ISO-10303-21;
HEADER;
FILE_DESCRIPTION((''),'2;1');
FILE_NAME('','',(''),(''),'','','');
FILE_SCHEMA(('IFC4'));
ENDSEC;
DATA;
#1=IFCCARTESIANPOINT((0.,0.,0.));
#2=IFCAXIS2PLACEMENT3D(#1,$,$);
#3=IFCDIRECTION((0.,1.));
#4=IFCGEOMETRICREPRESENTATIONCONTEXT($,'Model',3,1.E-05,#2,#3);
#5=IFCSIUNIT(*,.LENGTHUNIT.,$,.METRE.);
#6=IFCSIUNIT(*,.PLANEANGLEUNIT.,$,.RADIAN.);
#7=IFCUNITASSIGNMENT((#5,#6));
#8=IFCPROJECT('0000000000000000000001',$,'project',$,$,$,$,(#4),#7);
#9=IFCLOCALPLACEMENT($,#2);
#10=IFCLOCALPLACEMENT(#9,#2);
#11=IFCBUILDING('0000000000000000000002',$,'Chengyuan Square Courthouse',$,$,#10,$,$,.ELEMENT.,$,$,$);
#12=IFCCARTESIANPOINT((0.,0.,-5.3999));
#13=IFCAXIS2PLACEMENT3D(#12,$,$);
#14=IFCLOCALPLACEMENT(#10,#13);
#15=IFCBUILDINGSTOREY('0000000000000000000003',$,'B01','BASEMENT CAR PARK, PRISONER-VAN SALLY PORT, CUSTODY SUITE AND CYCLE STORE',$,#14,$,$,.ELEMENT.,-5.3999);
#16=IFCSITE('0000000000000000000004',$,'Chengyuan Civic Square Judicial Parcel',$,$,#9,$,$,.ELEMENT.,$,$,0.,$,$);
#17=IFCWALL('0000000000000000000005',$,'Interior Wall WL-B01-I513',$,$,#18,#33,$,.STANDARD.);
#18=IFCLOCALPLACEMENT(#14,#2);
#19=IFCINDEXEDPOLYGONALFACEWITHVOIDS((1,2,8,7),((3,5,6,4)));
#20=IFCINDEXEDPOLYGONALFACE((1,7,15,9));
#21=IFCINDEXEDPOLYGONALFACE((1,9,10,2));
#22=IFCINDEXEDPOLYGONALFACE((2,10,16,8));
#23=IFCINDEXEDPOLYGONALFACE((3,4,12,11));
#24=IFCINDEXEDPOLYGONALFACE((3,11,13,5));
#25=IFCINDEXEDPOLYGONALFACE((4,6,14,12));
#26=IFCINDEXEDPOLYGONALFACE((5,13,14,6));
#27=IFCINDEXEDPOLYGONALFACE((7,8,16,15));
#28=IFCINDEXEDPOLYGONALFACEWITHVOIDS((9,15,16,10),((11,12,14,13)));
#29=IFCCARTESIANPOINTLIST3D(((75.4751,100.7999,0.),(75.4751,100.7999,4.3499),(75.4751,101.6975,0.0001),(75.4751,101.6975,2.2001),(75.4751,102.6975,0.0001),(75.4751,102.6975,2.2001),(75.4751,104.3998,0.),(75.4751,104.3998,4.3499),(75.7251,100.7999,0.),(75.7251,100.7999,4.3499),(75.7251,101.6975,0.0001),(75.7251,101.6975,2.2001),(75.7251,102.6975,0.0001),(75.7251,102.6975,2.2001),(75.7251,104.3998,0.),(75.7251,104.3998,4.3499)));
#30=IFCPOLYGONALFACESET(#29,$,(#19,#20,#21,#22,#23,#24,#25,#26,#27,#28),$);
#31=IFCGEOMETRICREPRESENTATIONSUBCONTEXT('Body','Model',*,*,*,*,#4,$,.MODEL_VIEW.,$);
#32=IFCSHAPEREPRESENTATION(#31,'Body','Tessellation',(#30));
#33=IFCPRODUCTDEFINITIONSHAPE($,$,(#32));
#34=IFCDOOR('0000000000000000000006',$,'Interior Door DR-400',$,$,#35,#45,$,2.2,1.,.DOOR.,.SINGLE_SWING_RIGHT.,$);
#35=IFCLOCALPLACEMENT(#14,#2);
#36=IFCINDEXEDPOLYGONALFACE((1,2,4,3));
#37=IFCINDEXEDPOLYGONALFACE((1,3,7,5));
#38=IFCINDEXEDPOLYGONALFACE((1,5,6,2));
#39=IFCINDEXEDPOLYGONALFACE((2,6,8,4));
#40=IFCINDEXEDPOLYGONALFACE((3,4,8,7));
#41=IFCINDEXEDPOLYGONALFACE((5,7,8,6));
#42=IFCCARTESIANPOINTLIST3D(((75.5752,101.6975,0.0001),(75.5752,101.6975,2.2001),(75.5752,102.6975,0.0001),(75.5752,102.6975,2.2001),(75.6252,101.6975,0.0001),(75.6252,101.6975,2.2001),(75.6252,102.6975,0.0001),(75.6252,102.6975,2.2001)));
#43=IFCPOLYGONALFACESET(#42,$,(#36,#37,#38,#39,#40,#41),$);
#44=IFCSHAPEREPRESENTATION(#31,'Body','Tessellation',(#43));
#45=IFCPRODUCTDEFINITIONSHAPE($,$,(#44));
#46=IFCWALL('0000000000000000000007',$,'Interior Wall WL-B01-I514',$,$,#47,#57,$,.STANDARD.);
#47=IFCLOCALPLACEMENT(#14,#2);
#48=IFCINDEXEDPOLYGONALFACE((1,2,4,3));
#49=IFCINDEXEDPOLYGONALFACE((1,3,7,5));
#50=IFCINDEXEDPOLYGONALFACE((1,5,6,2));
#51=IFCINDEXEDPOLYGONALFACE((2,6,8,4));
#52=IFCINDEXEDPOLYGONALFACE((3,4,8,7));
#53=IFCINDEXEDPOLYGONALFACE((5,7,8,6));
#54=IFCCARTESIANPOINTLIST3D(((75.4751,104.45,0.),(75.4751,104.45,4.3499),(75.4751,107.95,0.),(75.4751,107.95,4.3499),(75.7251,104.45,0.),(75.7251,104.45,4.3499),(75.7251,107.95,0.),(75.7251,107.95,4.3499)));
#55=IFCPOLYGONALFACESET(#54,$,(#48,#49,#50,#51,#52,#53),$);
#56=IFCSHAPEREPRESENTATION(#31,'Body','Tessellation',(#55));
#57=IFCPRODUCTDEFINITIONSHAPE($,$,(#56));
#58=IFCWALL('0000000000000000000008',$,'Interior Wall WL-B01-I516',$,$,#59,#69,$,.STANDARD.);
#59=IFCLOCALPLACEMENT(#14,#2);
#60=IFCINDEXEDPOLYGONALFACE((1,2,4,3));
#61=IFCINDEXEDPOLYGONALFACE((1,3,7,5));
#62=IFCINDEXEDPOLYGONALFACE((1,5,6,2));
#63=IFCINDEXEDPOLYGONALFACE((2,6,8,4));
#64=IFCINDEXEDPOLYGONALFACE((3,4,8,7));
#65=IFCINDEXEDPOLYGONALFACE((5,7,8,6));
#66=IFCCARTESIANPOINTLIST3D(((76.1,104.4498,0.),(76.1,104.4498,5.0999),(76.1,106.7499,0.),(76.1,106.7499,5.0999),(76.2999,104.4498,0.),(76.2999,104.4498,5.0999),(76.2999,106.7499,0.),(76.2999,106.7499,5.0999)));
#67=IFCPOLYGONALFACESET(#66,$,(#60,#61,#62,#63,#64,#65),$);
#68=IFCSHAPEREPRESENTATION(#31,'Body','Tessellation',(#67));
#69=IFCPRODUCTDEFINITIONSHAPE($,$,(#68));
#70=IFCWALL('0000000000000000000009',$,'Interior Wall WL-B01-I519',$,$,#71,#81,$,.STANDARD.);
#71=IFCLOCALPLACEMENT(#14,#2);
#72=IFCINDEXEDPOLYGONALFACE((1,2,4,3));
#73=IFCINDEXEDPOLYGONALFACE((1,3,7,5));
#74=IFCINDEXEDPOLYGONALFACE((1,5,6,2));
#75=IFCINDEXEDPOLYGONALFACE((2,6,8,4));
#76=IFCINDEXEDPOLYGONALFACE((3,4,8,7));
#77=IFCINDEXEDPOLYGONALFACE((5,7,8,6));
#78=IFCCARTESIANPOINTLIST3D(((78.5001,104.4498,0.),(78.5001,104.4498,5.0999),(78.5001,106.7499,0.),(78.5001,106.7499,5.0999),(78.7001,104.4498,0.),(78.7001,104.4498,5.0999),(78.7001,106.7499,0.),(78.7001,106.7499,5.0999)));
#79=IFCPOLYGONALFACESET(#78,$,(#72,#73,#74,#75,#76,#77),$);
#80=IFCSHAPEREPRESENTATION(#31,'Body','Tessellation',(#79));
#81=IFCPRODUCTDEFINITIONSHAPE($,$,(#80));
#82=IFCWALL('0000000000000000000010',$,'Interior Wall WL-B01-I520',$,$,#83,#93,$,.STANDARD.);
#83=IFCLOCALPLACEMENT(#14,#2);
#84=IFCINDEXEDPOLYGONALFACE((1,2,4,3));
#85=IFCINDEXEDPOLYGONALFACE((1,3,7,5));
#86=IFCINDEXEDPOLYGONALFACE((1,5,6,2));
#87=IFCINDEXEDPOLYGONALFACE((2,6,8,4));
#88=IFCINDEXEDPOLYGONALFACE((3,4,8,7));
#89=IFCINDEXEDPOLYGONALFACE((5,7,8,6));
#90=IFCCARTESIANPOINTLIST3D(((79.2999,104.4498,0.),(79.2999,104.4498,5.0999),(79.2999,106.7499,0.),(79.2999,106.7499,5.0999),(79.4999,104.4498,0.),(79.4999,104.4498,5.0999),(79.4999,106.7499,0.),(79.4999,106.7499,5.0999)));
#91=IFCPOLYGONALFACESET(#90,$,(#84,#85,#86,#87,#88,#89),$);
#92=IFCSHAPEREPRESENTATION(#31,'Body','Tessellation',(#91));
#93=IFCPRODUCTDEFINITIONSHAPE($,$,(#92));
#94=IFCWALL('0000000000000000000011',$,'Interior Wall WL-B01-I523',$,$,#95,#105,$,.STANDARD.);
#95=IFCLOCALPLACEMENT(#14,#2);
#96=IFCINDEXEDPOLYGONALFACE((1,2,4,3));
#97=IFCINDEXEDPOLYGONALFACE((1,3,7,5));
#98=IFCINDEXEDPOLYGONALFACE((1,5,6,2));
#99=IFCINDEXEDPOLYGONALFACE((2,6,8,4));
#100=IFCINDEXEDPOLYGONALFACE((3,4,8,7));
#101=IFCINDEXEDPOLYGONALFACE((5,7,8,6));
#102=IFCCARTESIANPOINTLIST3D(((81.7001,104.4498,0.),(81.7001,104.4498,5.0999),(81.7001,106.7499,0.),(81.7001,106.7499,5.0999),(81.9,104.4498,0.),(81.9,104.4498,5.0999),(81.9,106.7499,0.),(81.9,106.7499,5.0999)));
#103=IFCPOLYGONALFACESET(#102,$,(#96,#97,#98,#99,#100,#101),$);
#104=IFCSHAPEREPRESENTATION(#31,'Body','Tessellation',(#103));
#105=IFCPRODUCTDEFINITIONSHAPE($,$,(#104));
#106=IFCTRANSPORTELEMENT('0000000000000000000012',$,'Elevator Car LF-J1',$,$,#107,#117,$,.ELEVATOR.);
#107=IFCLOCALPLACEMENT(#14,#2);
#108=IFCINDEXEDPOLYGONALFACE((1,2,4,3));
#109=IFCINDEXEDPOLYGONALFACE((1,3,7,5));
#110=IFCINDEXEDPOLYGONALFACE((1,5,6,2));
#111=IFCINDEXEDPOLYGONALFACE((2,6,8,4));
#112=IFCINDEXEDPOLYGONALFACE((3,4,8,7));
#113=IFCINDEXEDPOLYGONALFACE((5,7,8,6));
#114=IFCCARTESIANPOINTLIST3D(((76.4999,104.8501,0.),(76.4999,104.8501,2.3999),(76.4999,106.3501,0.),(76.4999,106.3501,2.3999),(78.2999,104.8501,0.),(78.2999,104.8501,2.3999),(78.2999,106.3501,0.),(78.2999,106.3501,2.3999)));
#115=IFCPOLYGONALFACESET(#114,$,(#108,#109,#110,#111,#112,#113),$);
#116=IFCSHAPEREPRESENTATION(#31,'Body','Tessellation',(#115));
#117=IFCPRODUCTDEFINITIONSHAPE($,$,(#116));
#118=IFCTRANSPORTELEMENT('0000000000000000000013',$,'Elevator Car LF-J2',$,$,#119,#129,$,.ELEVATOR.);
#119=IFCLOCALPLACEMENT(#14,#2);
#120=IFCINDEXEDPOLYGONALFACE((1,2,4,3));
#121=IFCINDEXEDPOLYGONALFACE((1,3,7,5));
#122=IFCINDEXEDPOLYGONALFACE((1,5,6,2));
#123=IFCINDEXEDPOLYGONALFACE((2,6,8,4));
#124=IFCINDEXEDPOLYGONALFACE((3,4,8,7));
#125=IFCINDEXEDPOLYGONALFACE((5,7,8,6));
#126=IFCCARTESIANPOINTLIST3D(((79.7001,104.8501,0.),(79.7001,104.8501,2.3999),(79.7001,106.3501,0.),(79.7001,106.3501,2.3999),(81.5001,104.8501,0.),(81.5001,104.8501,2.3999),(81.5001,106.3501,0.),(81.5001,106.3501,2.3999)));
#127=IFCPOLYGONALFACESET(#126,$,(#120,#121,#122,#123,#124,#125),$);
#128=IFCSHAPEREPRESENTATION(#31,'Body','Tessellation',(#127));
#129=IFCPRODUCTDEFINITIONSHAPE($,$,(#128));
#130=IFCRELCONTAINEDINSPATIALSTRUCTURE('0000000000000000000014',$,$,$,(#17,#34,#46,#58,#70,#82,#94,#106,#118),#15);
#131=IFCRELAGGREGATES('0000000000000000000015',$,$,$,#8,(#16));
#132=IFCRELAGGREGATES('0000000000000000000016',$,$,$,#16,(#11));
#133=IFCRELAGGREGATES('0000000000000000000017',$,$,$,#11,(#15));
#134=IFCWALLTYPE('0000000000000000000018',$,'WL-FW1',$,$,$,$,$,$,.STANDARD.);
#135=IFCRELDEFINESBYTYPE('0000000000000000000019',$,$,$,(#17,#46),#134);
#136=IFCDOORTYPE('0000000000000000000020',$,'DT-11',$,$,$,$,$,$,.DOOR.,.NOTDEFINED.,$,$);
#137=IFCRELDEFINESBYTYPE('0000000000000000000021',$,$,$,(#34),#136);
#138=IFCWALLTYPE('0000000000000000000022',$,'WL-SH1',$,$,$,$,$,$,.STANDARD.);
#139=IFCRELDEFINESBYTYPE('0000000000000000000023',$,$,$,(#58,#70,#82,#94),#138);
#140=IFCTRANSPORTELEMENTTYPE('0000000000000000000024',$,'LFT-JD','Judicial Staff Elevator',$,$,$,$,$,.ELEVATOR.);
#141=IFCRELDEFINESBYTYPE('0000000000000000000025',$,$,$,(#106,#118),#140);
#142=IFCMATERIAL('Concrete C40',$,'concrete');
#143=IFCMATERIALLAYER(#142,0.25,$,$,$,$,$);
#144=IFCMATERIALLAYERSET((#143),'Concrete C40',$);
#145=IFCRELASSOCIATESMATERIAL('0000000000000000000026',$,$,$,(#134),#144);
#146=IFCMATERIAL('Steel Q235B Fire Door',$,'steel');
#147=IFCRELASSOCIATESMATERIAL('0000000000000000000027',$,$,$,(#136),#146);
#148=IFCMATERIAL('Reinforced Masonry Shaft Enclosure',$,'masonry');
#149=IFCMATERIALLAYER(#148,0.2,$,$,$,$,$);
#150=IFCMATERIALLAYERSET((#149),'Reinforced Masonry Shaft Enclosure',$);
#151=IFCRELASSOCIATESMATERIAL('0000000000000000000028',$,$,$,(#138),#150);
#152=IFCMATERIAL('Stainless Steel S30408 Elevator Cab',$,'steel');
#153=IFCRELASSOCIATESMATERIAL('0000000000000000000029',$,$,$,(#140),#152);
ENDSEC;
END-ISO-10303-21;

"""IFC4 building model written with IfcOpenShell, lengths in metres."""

from ifc_helpers import new_model, si_unit, direction, frame, frame_2d, origin, origin_2d, place, context, subcontext, project, spatial, rectangle, extrude, material, layer, layer_set, type_object, element, fill, save


model = new_model("IFC4")

# Units and contexts
model_context = context("Model", 3, precision=1e-05, world=origin(), true_north=direction((0.0, 1.0)))
body_context = subcontext(model_context, "Body", "Model", "MODEL_VIEW")
ifc_project = project(units=[si_unit("LENGTHUNIT", "METRE"), si_unit("PLANEANGLEUNIT", "RADIAN")], contexts=[model_context])

# Site, building, storey
site_placement = place(None, origin())
site = spatial("IfcSite", under=ifc_project, at=site_placement, Name="Chengyuan Civic Square Judicial Parcel", CompositionType="ELEMENT", RefElevation=0.0)
building_placement = place(site_placement, origin())
building = spatial("IfcBuilding", under=site, at=building_placement, Name="Chengyuan Square Courthouse", CompositionType="ELEMENT")
storey_placement = place(building_placement, frame((0.0, 0.0, -5.3999)))
storey = spatial("IfcBuildingStorey", under=building, at=storey_placement, Name="B01", Description="BASEMENT CAR PARK, PRISONER-VAN SALLY PORT, CUSTODY SUITE AND CYCLE STORE", CompositionType="ELEMENT", Elevation=-5.3999)

# Shared definitions
ifc_material_1 = material(Name="Concrete C40", Category="concrete")

# Shared definitions
ifc_layer_1 = layer(ifc_material_1, 0.25)
ifc_layer_set_1 = layer_set([ifc_layer_1], Name="Concrete C40")
wall_type_1 = type_object("IfcWallType", Name="WL-FW1", PredefinedType="STANDARD", material=ifc_layer_set_1)
ifc_material_2 = material(Name="Steel Q235B Fire Door", Category="steel")
door_type_1 = type_object("IfcDoorType", Name="DT-11", OperationType="NOTDEFINED", PredefinedType="DOOR", material=ifc_material_2)

# Wall, opening, door
wall_1_placement = place(storey_placement, frame((75.6001, 100.8, 0.0), z_axis=(0.0, 0.0, 1.0), x_axis=(0.0, 1.0, 0.0)))
wall_1 = element("IfcWall", 1, at=wall_1_placement, inside=storey, type_object=wall_type_1, Name="Interior Wall WL-B01-I513", PredefinedType="STANDARD", context=body_context, shape_type="SweptSolid", body=[
    extrude(rectangle(XDim=3.5999, YDim=0.25, at=frame_2d((1.7998, 0.0))), origin(), (0.0, 0.0, 1.0), 4.3499),
])
opening_1_placement = place(wall_1_placement, frame((0.8975, 0.0, 0.0)))
opening_1 = element("IfcOpeningElement", 2, at=opening_1_placement, cuts=wall_1, PredefinedType="OPENING", context=body_context, shape_type="SweptSolid", body=[
    extrude(rectangle(XDim=1.0, YDim=2.2, at=frame_2d((0.5, 1.1001))), frame((0.0, 0.137, 0.0), z_axis=(0.0, -1.0, 0.0), x_axis=(1.0, 0.0, 0.0)), (0.0, 0.0, 1.0), 0.2739),
])
door_1_placement = place(opening_1_placement, origin())
door_1 = element("IfcDoor", 3, at=door_1_placement, inside=storey, type_object=door_type_1, Name="Interior Door DR-400", OperationType="SINGLE_SWING_RIGHT", OverallHeight=2.2, OverallWidth=1.0, PredefinedType="DOOR", context=body_context, shape_type="SweptSolid", body=[
    extrude(rectangle(XDim=1.0, YDim=2.2, at=frame_2d((0.5, 1.1001))), frame((0.0, 0.0249, 0.0), z_axis=(0.0, -1.0, 0.0), x_axis=(1.0, 0.0, 0.0)), (0.0, 0.0, 1.0), 0.05),
])
fill(opening_1, door_1)

# Wall
wall_2_placement = place(storey_placement, frame((75.6001, 104.45, 0.0), z_axis=(0.0, 0.0, 1.0), x_axis=(0.0, 1.0, 0.0)))
element("IfcWall", 4, at=wall_2_placement, inside=storey, type_object=wall_type_1, Name="Interior Wall WL-B01-I514", PredefinedType="STANDARD", context=body_context, shape_type="SweptSolid", body=[
    extrude(rectangle(XDim=3.5, YDim=0.25, at=frame_2d((1.75, 0.0))), origin(), (0.0, 0.0, 1.0), 4.3499),
])

# Shared definitions
ifc_material_3 = material(Name="Reinforced Masonry Shaft Enclosure", Category="masonry")
ifc_layer_2 = layer(ifc_material_3, 0.2)
ifc_layer_set_2 = layer_set([ifc_layer_2], Name="Reinforced Masonry Shaft Enclosure")
wall_type_2 = type_object("IfcWallType", Name="WL-SH1", PredefinedType="STANDARD", material=ifc_layer_set_2)

# Walls
for number, where, z_axis, x_axis, name in (
    (5, (76.2, 104.45, 0.0), (0.0, 0.0, 1.0), (0.0, 1.0, 0.0), "Interior Wall WL-B01-I516"),
    (6, (78.6001, 104.45, 0.0), (0.0, 0.0, 1.0), (0.0, 1.0, 0.0), "Interior Wall WL-B01-I519"),
    (7, (79.3999, 104.45, 0.0), (0.0, 0.0, 1.0), (0.0, 1.0, 0.0), "Interior Wall WL-B01-I520"),
    (8, (81.8, 104.45, 0.0), (0.0, 0.0, 1.0), (0.0, 1.0, 0.0), "Interior Wall WL-B01-I523"),
):
    element("IfcWall", number, at=place(storey_placement, frame(where, z_axis=z_axis, x_axis=x_axis)), inside=storey, type_object=wall_type_2, Name=name, PredefinedType="STANDARD", context=body_context, shape_type="SweptSolid", body=[
        extrude(rectangle(XDim=2.3, YDim=0.2, at=frame_2d((1.1499, 0.0))), origin(), (0.0, 0.0, 1.0), 5.0999),
    ])

# Transport elements
ifc_material_4 = material(Name="Stainless Steel S30408 Elevator Cab", Category="steel")
transport_element_type = type_object("IfcTransportElementType", Name="LFT-JD", Description="Judicial Staff Elevator", PredefinedType="ELEVATOR", material=ifc_material_4)
for number, where, z_axis, x_axis, name in (
    (9, (77.3999, 105.6001, 0.0), (0.0, 0.0, 1.0), (1.0, 0.0, 0.0), "Elevator Car LF-J1"),
    (10, (80.6001, 105.6001, 0.0), (0.0, 0.0, 1.0), (1.0, 0.0, 0.0), "Elevator Car LF-J2"),
):
    element("IfcTransportElement", number, at=place(storey_placement, frame(where, z_axis=z_axis, x_axis=x_axis)), inside=storey, type_object=transport_element_type, Name=name, PredefinedType="ELEVATOR", context=body_context, shape_type="SweptSolid", body=[
        extrude(rectangle(XDim=1.8, YDim=1.5, at=origin_2d()), origin(), (0.0, 0.0, 1.0), 2.3999),
    ])

save(model, "model.ifc")
